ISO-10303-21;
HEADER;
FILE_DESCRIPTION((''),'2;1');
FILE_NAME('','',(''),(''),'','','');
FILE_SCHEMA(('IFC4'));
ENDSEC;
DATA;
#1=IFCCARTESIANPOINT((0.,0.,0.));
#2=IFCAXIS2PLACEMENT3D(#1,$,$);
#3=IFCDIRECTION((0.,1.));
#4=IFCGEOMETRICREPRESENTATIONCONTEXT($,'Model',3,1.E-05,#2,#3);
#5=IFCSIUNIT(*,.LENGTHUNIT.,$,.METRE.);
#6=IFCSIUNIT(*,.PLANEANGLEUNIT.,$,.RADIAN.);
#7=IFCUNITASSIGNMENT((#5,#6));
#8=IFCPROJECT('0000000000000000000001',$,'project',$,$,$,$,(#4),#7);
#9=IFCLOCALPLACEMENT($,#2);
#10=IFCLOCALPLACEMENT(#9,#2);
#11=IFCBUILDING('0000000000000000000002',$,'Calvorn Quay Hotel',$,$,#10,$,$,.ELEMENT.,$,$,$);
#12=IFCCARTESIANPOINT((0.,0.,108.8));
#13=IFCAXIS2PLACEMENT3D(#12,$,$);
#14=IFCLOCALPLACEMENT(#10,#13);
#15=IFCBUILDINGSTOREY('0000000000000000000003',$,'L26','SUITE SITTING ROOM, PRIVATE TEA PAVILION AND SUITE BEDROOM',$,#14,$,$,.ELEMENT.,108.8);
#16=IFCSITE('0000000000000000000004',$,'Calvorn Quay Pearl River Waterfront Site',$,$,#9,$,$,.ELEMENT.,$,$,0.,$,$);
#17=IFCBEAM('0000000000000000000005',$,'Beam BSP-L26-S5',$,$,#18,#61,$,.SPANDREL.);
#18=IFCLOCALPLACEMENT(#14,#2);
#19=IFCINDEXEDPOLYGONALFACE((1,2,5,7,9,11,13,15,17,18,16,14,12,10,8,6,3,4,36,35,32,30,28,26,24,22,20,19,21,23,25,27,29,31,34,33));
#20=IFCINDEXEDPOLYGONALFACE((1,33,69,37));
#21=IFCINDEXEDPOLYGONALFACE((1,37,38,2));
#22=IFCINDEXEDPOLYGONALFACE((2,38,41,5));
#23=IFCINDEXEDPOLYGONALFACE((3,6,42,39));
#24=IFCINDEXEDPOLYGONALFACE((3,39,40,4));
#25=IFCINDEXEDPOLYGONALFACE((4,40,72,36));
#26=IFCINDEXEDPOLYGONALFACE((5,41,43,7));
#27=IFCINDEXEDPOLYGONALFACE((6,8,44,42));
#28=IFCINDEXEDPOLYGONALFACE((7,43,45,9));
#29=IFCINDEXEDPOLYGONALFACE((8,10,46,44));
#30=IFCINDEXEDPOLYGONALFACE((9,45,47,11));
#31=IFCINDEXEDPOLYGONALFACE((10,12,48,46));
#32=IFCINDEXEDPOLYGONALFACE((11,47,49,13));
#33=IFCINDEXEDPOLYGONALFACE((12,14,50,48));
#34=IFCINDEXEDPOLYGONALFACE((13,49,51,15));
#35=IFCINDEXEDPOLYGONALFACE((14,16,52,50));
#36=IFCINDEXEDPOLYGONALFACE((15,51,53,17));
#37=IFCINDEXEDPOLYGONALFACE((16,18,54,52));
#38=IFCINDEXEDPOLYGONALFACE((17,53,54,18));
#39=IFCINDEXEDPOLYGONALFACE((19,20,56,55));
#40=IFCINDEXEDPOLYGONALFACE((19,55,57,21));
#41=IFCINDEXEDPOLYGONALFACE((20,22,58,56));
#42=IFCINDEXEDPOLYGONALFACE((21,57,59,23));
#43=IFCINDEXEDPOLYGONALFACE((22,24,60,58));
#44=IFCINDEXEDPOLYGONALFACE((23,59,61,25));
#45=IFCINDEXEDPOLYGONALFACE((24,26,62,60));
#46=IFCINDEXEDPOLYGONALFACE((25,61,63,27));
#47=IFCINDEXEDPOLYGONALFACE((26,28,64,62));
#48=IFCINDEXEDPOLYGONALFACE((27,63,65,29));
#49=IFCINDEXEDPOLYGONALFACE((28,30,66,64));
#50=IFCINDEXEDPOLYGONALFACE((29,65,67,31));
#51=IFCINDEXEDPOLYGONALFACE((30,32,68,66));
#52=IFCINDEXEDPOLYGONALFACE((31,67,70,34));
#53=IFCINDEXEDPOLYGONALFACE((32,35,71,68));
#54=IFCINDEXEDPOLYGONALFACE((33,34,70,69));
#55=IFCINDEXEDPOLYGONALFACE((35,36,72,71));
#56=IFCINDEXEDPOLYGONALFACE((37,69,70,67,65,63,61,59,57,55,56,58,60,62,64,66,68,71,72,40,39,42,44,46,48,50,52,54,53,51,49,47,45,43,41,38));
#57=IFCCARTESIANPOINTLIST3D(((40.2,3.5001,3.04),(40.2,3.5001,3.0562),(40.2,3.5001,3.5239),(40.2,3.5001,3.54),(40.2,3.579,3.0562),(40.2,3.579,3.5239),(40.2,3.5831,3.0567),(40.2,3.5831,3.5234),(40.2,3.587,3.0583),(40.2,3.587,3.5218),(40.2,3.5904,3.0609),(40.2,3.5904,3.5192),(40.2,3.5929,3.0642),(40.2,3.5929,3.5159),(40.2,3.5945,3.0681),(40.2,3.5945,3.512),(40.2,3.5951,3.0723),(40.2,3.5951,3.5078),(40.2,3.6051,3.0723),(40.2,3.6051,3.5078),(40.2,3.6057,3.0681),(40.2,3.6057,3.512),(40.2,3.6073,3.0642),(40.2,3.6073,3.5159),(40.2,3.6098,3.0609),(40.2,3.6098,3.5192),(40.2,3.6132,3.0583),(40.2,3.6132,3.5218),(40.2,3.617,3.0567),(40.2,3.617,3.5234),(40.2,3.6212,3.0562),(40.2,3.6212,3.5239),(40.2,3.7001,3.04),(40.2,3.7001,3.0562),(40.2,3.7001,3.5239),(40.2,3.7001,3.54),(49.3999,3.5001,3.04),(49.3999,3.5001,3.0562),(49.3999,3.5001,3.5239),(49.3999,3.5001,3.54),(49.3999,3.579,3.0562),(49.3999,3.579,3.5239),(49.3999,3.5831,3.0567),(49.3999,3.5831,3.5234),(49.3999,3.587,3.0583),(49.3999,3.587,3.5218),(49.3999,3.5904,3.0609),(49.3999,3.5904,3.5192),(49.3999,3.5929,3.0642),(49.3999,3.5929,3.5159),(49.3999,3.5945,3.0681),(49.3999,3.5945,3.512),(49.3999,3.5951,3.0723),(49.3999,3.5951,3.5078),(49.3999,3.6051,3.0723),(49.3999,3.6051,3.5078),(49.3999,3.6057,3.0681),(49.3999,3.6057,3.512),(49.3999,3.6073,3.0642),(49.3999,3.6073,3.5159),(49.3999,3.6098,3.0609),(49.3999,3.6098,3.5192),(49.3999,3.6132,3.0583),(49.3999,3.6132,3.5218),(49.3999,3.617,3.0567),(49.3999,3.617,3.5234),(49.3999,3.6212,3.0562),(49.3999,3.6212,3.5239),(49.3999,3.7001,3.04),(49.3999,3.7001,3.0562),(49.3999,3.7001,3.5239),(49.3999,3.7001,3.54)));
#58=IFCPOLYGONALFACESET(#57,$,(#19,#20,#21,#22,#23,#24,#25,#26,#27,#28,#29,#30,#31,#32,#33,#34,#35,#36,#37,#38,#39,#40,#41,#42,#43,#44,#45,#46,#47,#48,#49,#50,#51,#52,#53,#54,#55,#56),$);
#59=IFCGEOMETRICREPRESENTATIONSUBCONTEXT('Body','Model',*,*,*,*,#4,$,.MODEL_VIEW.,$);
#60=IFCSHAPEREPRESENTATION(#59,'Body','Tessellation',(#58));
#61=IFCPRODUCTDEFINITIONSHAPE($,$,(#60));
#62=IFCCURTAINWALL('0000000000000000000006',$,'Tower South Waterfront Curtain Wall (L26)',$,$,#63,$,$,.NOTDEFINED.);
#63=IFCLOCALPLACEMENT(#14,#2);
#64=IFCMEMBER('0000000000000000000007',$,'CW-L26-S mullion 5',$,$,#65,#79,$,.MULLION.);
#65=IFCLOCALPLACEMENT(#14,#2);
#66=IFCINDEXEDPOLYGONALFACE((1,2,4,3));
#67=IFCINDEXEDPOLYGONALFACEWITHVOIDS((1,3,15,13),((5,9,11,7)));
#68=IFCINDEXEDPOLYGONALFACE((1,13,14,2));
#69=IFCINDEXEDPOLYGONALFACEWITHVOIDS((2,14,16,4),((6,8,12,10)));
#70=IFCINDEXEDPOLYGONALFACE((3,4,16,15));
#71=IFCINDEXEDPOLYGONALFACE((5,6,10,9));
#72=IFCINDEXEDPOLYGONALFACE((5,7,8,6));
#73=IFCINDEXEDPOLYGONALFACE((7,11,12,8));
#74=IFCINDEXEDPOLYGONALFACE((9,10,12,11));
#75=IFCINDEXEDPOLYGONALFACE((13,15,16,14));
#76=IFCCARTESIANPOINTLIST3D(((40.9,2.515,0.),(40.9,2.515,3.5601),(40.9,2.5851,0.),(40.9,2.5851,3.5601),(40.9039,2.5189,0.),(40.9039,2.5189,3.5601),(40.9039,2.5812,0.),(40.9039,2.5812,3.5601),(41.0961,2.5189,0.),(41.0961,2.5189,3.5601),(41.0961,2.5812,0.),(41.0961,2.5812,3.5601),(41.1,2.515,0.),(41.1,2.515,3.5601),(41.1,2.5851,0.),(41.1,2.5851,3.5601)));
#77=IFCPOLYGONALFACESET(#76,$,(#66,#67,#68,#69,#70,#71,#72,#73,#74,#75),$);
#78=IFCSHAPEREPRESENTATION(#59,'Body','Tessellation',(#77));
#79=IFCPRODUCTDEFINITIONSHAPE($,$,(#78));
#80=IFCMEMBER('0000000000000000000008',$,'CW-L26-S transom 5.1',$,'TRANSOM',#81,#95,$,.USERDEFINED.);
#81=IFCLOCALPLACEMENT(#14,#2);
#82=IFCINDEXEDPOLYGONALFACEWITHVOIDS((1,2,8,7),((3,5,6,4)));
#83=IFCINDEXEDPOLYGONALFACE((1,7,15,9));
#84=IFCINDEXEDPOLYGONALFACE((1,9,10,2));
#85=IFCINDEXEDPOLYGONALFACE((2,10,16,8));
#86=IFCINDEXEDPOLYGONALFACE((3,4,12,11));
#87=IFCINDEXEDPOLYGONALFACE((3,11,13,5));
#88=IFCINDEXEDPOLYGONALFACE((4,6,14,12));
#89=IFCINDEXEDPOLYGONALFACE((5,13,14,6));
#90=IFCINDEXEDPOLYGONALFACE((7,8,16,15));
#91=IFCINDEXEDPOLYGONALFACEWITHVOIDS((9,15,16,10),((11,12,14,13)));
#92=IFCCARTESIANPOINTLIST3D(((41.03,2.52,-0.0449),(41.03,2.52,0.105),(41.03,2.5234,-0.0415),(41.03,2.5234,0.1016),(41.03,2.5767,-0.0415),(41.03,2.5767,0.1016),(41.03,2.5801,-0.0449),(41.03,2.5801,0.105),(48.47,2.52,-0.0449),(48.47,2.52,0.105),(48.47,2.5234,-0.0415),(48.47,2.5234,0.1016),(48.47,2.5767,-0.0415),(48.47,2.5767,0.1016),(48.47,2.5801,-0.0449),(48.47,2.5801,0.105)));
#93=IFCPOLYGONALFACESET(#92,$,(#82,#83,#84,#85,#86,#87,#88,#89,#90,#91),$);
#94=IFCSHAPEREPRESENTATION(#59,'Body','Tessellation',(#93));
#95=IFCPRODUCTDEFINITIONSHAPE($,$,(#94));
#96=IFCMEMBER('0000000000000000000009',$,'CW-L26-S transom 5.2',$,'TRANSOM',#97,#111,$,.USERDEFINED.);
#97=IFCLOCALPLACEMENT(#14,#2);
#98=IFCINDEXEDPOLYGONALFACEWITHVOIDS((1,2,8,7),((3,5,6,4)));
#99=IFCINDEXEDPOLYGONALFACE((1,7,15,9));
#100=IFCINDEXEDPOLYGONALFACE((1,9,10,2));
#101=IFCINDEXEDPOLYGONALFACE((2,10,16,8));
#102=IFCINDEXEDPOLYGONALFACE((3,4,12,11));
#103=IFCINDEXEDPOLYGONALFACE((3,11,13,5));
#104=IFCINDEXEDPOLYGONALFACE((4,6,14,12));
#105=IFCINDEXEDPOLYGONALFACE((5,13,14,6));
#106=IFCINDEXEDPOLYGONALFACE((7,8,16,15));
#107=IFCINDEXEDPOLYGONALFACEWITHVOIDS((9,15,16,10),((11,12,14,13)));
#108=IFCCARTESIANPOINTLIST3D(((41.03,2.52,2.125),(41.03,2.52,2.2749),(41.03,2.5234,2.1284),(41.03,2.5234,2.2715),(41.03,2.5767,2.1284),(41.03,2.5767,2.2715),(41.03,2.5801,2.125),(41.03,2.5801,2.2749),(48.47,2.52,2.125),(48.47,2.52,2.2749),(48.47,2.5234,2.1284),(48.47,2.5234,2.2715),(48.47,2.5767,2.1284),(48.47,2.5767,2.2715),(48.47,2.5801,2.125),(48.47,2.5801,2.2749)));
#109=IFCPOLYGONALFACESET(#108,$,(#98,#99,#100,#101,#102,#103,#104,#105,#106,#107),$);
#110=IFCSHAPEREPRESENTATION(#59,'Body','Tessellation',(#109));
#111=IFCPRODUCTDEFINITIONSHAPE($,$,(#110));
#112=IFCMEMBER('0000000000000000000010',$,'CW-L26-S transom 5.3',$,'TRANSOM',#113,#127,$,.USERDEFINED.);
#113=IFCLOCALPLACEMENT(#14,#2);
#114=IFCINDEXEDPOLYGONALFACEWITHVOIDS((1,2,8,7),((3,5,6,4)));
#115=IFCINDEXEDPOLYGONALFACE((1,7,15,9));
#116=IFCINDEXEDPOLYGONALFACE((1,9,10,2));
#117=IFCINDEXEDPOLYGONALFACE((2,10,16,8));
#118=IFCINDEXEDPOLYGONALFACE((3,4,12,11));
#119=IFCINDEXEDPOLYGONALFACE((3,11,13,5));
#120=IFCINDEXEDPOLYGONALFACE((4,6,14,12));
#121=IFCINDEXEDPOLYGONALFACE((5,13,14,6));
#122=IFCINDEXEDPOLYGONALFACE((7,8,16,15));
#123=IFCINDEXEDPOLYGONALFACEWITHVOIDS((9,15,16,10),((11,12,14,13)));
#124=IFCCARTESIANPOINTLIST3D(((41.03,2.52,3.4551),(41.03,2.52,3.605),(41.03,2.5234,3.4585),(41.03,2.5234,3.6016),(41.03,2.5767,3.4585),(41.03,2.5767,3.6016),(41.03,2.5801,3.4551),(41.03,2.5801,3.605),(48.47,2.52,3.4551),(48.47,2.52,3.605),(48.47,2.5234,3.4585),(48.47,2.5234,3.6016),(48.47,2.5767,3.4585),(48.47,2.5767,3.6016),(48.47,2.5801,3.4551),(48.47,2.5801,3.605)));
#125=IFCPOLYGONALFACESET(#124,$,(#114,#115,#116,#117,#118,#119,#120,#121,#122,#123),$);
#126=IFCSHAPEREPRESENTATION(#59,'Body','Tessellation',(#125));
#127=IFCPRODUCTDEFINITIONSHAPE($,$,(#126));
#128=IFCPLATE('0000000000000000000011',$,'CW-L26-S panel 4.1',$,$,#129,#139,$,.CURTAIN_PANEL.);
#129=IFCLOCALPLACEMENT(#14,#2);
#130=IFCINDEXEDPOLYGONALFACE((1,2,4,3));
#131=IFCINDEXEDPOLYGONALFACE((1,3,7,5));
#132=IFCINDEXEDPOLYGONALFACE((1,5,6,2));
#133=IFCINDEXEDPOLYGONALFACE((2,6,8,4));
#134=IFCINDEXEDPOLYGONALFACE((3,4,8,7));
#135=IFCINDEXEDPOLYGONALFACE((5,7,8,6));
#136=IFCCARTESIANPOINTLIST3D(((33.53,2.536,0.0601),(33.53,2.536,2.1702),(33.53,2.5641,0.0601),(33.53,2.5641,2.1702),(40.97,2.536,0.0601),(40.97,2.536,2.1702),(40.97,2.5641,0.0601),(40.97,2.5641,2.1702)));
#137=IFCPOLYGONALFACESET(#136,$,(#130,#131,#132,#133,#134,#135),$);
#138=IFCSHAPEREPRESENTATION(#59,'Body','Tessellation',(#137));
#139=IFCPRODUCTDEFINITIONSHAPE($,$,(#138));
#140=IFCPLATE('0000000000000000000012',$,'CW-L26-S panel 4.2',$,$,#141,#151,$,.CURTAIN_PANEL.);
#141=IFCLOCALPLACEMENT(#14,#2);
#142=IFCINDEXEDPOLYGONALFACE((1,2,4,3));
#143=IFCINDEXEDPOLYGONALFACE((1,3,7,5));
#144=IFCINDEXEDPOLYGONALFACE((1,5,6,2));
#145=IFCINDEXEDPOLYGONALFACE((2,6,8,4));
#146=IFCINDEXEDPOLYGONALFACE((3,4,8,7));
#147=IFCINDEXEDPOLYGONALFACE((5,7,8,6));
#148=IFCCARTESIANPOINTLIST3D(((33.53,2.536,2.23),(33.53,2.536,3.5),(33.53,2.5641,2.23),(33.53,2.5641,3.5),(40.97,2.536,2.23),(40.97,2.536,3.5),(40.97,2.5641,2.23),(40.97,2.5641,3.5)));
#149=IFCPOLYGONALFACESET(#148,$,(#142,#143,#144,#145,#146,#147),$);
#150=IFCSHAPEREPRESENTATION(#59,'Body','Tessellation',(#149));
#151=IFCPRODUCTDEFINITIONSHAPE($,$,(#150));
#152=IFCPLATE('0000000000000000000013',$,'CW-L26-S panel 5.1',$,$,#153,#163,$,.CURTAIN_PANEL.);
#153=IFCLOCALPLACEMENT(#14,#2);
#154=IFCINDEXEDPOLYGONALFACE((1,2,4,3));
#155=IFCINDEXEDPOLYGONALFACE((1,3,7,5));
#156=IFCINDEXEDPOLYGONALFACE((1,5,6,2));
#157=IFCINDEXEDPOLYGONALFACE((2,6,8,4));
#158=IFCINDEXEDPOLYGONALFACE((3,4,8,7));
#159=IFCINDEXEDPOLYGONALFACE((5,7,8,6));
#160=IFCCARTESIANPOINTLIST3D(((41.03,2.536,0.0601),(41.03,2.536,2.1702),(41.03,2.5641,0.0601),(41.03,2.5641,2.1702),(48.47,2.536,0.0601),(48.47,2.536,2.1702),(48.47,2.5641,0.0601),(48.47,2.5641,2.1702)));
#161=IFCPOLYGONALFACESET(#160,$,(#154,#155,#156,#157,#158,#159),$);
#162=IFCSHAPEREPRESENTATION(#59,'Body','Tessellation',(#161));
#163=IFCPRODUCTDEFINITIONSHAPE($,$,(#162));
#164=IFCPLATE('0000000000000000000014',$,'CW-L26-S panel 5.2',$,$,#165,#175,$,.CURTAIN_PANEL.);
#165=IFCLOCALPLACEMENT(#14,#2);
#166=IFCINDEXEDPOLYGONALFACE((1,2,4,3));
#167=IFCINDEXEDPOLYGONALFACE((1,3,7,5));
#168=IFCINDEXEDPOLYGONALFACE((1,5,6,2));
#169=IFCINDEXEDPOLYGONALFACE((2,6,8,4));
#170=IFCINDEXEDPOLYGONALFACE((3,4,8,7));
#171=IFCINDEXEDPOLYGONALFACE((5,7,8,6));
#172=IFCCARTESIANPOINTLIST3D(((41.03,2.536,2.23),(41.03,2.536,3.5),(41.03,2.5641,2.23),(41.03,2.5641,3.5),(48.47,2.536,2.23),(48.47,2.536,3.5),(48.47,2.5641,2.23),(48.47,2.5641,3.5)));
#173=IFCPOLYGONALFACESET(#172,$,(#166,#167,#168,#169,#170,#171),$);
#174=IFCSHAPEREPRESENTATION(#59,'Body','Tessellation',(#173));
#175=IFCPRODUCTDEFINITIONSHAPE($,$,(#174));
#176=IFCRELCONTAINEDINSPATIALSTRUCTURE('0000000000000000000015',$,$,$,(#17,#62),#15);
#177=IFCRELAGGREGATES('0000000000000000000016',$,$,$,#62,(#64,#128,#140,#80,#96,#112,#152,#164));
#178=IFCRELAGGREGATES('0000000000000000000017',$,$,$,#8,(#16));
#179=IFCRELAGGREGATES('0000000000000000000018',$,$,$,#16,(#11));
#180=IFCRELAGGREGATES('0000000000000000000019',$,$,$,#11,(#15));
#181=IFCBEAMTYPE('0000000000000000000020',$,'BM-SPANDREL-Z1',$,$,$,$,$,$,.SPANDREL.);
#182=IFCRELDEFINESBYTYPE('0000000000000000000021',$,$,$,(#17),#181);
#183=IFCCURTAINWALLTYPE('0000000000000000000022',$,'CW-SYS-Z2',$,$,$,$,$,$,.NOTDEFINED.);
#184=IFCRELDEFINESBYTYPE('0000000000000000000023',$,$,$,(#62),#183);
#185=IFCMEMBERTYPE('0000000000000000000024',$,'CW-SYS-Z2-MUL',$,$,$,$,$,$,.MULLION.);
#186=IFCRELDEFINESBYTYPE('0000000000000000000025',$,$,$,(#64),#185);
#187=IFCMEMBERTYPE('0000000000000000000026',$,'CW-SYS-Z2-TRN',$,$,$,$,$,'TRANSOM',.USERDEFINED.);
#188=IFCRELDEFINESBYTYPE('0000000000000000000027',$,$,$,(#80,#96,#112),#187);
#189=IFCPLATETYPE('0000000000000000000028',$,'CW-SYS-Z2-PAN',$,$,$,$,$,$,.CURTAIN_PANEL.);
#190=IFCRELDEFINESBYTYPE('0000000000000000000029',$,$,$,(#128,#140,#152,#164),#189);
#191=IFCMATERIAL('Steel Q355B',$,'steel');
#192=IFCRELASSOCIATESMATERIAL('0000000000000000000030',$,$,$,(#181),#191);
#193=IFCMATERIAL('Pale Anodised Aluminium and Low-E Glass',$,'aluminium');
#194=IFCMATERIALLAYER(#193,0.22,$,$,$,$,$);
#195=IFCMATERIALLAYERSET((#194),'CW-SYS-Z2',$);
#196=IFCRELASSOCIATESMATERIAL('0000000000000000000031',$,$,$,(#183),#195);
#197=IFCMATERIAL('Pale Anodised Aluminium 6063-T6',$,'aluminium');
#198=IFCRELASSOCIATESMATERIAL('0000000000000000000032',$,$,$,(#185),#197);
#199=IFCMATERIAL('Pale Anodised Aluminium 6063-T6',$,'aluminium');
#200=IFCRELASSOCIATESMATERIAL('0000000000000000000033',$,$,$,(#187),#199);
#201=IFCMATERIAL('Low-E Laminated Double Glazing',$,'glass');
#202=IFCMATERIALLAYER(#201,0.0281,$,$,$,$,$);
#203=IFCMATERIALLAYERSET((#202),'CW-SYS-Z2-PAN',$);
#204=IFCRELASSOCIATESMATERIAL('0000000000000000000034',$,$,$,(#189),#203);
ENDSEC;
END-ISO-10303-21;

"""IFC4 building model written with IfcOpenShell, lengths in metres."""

from ifc_helpers import new_model, si_unit, direction, frame, origin, origin_2d, place, context, subcontext, project, spatial, rectangle, hollow_rectangle, i_section, extrude, material, layer, layer_set, material_profile, profile_set, type_object, element, aggregate, save


model = new_model("IFC4")

# Units and contexts
model_context = context("Model", 3, precision=1e-05, world=origin(), true_north=direction((0.0, 1.0)))
body_context = subcontext(model_context, "Body", "Model", "MODEL_VIEW")
ifc_project = project(units=[si_unit("LENGTHUNIT", "METRE"), si_unit("PLANEANGLEUNIT", "RADIAN")], contexts=[model_context])

# Site, building, storey
site_placement = place(None, origin())
site = spatial("IfcSite", under=ifc_project, at=site_placement, Name="Calvorn Quay Pearl River Waterfront Site", CompositionType="ELEMENT", RefElevation=0.0)
building_placement = place(site_placement, origin())
building = spatial("IfcBuilding", under=site, at=building_placement, Name="Calvorn Quay Hotel", CompositionType="ELEMENT")
storey_placement = place(building_placement, frame((0.0, 0.0, 108.8)))
storey = spatial("IfcBuildingStorey", under=building, at=storey_placement, Name="L26", Description="SUITE SITTING ROOM, PRIVATE TEA PAVILION AND SUITE BEDROOM", CompositionType="ELEMENT", Elevation=108.8)

# Beam
ifc_material_1 = material(Name="Steel Q355B", Category="steel")
ifc_material_profile_1 = material_profile(ifc_material_1, i_section(OverallWidth=0.2, OverallDepth=0.5, WebThickness=0.01, FlangeThickness=0.0161, FilletRadius=0.0161, at=origin_2d()), Name="HN500x200x10x16")
ifc_profile_set_1 = profile_set([ifc_material_profile_1], Name="Steel Q355B")
beam_type_1 = type_object("IfcBeamType", Name="BM-SPANDREL-Z1", PredefinedType="SPANDREL", material=ifc_profile_set_1)
beam_1_placement = place(storey_placement, frame((40.2, 3.6001, 3.29), z_axis=(1.0, 0.0, 0.0), x_axis=(0.0, 1.0, 0.0)))
element("IfcBeam", 1, at=beam_1_placement, inside=storey, type_object=beam_type_1, Name="Beam BSP-L26-S5", PredefinedType="SPANDREL", context=body_context, shape_type="SweptSolid", body=[
    extrude(i_section(OverallWidth=0.2, OverallDepth=0.5, WebThickness=0.01, FlangeThickness=0.0161, FilletRadius=0.0161, at=origin_2d()), origin(), (0.0, 0.0, 1.0), 9.2),
])

# Curtain wall, members, plates
ifc_material_2 = material(Name="Pale Anodised Aluminium and Low-E Glass", Category="aluminium")
ifc_layer_1 = layer(ifc_material_2, 0.22)
ifc_layer_set_1 = layer_set([ifc_layer_1], Name="CW-SYS-Z2")
curtain_wall_type = type_object("IfcCurtainWallType", Name="CW-SYS-Z2", PredefinedType="NOTDEFINED", material=ifc_layer_set_1)
curtain_wall_placement = place(storey_placement, origin())
curtain_wall = element("IfcCurtainWall", 2, at=curtain_wall_placement, inside=storey, type_object=curtain_wall_type, Name="Tower South Waterfront Curtain Wall (L26)", PredefinedType="NOTDEFINED")
ifc_material_3 = material(Name="Pale Anodised Aluminium 6063-T6", Category="aluminium")
ifc_material_profile_2 = material_profile(ifc_material_3, hollow_rectangle(XDim=0.0701, YDim=0.2, WallThickness=0.0039, at=origin_2d()), Name="ALU-M200x70x4")
ifc_profile_set_2 = profile_set([ifc_material_profile_2], Name="Pale Anodised Aluminium 6063-T6")
member_type_1 = type_object("IfcMemberType", Name="CW-SYS-Z2-MUL", PredefinedType="MULLION", material=ifc_profile_set_2)
member_1_placement = place(storey_placement, frame((41.0, 2.55, 0.0), z_axis=(0.0, 0.0, 1.0), x_axis=(0.0, 1.0, 0.0)))
member_1 = element("IfcMember", 3, at=member_1_placement, type_object=member_type_1, Name="CW-L26-S mullion 5", PredefinedType="MULLION", context=body_context, shape_type="SweptSolid", body=[
    extrude(hollow_rectangle(XDim=0.0701, YDim=0.2, WallThickness=0.0039, at=origin_2d()), origin(), (0.0, 0.0, 1.0), 3.5601),
])
ifc_material_4 = material(Name="Pale Anodised Aluminium 6063-T6", Category="aluminium")
ifc_material_profile_3 = material_profile(ifc_material_4, hollow_rectangle(XDim=0.0601, YDim=0.1499, WallThickness=0.0034, at=origin_2d()), Name="ALU-T150x60x3.5")
ifc_profile_set_3 = profile_set([ifc_material_profile_3], Name="Pale Anodised Aluminium 6063-T6")
member_type_2 = type_object("IfcMemberType", Name="CW-SYS-Z2-TRN", ElementType="TRANSOM", PredefinedType="USERDEFINED", material=ifc_profile_set_3)
member_2_placement = place(storey_placement, frame((41.03, 2.55, 0.03), z_axis=(1.0, 0.0, 0.0), x_axis=(0.0, 1.0, 0.0)))
member_2 = element("IfcMember", 4, at=member_2_placement, type_object=member_type_2, Name="CW-L26-S transom 5.1", ObjectType="TRANSOM", PredefinedType="USERDEFINED", context=body_context, shape_type="SweptSolid", body=[
    extrude(hollow_rectangle(XDim=0.0601, YDim=0.1499, WallThickness=0.0034, at=origin_2d()), origin(), (0.0, 0.0, 1.0), 7.4399),
])
member_3_placement = place(storey_placement, frame((41.03, 2.55, 2.2), z_axis=(1.0, 0.0, 0.0), x_axis=(0.0, 1.0, 0.0)))
member_3 = element("IfcMember", 5, at=member_3_placement, type_object=member_type_2, Name="CW-L26-S transom 5.2", ObjectType="TRANSOM", PredefinedType="USERDEFINED", context=body_context, shape_type="SweptSolid", body=[
    extrude(hollow_rectangle(XDim=0.0601, YDim=0.1499, WallThickness=0.0034, at=origin_2d()), origin(), (0.0, 0.0, 1.0), 7.4399),
])
member_4_placement = place(storey_placement, frame((41.03, 2.55, 3.53), z_axis=(1.0, 0.0, 0.0), x_axis=(0.0, 1.0, 0.0)))
member_4 = element("IfcMember", 6, at=member_4_placement, type_object=member_type_2, Name="CW-L26-S transom 5.3", ObjectType="TRANSOM", PredefinedType="USERDEFINED", context=body_context, shape_type="SweptSolid", body=[
    extrude(hollow_rectangle(XDim=0.0601, YDim=0.1499, WallThickness=0.0034, at=origin_2d()), origin(), (0.0, 0.0, 1.0), 7.4399),
])
ifc_material_5 = material(Name="Low-E Laminated Double Glazing", Category="glass")
ifc_layer_2 = layer(ifc_material_5, 0.0281)
ifc_layer_set_2 = layer_set([ifc_layer_2], Name="CW-SYS-Z2-PAN")
plate_type = type_object("IfcPlateType", Name="CW-SYS-Z2-PAN", PredefinedType="CURTAIN_PANEL", material=ifc_layer_set_2)
plate_1_placement = place(storey_placement, frame((37.25, 2.55, 0.0601), z_axis=(0.0, 0.0, 1.0), x_axis=(1.0, 0.0, 0.0)))
plate_1 = element("IfcPlate", 7, at=plate_1_placement, type_object=plate_type, Name="CW-L26-S panel 4.1", PredefinedType="CURTAIN_PANEL", context=body_context, shape_type="SweptSolid", body=[
    extrude(rectangle(XDim=7.4399, YDim=0.0281, at=origin_2d()), origin(), (0.0, 0.0, 1.0), 2.1101),
])
plate_2_placement = place(storey_placement, frame((37.25, 2.55, 2.23), z_axis=(0.0, 0.0, 1.0), x_axis=(1.0, 0.0, 0.0)))
plate_2 = element("IfcPlate", 8, at=plate_2_placement, type_object=plate_type, Name="CW-L26-S panel 4.2", PredefinedType="CURTAIN_PANEL", context=body_context, shape_type="SweptSolid", body=[
    extrude(rectangle(XDim=7.4399, YDim=0.0281, at=origin_2d()), origin(), (0.0, 0.0, 1.0), 1.27),
])
plate_3_placement = place(storey_placement, frame((44.75, 2.55, 0.0601), z_axis=(0.0, 0.0, 1.0), x_axis=(1.0, 0.0, 0.0)))
plate_3 = element("IfcPlate", 9, at=plate_3_placement, type_object=plate_type, Name="CW-L26-S panel 5.1", PredefinedType="CURTAIN_PANEL", context=body_context, shape_type="SweptSolid", body=[
    extrude(rectangle(XDim=7.4399, YDim=0.0281, at=origin_2d()), origin(), (0.0, 0.0, 1.0), 2.1101),
])
plate_4_placement = place(storey_placement, frame((44.75, 2.55, 2.23), z_axis=(0.0, 0.0, 1.0), x_axis=(1.0, 0.0, 0.0)))
plate_4 = element("IfcPlate", 10, at=plate_4_placement, type_object=plate_type, Name="CW-L26-S panel 5.2", PredefinedType="CURTAIN_PANEL", context=body_context, shape_type="SweptSolid", body=[
    extrude(rectangle(XDim=7.4399, YDim=0.0281, at=origin_2d()), origin(), (0.0, 0.0, 1.0), 1.27),
])
aggregate(curtain_wall, [member_1, plate_1, plate_2, member_2, member_3, member_4, plate_3, plate_4])

save(model, "model.ifc")
